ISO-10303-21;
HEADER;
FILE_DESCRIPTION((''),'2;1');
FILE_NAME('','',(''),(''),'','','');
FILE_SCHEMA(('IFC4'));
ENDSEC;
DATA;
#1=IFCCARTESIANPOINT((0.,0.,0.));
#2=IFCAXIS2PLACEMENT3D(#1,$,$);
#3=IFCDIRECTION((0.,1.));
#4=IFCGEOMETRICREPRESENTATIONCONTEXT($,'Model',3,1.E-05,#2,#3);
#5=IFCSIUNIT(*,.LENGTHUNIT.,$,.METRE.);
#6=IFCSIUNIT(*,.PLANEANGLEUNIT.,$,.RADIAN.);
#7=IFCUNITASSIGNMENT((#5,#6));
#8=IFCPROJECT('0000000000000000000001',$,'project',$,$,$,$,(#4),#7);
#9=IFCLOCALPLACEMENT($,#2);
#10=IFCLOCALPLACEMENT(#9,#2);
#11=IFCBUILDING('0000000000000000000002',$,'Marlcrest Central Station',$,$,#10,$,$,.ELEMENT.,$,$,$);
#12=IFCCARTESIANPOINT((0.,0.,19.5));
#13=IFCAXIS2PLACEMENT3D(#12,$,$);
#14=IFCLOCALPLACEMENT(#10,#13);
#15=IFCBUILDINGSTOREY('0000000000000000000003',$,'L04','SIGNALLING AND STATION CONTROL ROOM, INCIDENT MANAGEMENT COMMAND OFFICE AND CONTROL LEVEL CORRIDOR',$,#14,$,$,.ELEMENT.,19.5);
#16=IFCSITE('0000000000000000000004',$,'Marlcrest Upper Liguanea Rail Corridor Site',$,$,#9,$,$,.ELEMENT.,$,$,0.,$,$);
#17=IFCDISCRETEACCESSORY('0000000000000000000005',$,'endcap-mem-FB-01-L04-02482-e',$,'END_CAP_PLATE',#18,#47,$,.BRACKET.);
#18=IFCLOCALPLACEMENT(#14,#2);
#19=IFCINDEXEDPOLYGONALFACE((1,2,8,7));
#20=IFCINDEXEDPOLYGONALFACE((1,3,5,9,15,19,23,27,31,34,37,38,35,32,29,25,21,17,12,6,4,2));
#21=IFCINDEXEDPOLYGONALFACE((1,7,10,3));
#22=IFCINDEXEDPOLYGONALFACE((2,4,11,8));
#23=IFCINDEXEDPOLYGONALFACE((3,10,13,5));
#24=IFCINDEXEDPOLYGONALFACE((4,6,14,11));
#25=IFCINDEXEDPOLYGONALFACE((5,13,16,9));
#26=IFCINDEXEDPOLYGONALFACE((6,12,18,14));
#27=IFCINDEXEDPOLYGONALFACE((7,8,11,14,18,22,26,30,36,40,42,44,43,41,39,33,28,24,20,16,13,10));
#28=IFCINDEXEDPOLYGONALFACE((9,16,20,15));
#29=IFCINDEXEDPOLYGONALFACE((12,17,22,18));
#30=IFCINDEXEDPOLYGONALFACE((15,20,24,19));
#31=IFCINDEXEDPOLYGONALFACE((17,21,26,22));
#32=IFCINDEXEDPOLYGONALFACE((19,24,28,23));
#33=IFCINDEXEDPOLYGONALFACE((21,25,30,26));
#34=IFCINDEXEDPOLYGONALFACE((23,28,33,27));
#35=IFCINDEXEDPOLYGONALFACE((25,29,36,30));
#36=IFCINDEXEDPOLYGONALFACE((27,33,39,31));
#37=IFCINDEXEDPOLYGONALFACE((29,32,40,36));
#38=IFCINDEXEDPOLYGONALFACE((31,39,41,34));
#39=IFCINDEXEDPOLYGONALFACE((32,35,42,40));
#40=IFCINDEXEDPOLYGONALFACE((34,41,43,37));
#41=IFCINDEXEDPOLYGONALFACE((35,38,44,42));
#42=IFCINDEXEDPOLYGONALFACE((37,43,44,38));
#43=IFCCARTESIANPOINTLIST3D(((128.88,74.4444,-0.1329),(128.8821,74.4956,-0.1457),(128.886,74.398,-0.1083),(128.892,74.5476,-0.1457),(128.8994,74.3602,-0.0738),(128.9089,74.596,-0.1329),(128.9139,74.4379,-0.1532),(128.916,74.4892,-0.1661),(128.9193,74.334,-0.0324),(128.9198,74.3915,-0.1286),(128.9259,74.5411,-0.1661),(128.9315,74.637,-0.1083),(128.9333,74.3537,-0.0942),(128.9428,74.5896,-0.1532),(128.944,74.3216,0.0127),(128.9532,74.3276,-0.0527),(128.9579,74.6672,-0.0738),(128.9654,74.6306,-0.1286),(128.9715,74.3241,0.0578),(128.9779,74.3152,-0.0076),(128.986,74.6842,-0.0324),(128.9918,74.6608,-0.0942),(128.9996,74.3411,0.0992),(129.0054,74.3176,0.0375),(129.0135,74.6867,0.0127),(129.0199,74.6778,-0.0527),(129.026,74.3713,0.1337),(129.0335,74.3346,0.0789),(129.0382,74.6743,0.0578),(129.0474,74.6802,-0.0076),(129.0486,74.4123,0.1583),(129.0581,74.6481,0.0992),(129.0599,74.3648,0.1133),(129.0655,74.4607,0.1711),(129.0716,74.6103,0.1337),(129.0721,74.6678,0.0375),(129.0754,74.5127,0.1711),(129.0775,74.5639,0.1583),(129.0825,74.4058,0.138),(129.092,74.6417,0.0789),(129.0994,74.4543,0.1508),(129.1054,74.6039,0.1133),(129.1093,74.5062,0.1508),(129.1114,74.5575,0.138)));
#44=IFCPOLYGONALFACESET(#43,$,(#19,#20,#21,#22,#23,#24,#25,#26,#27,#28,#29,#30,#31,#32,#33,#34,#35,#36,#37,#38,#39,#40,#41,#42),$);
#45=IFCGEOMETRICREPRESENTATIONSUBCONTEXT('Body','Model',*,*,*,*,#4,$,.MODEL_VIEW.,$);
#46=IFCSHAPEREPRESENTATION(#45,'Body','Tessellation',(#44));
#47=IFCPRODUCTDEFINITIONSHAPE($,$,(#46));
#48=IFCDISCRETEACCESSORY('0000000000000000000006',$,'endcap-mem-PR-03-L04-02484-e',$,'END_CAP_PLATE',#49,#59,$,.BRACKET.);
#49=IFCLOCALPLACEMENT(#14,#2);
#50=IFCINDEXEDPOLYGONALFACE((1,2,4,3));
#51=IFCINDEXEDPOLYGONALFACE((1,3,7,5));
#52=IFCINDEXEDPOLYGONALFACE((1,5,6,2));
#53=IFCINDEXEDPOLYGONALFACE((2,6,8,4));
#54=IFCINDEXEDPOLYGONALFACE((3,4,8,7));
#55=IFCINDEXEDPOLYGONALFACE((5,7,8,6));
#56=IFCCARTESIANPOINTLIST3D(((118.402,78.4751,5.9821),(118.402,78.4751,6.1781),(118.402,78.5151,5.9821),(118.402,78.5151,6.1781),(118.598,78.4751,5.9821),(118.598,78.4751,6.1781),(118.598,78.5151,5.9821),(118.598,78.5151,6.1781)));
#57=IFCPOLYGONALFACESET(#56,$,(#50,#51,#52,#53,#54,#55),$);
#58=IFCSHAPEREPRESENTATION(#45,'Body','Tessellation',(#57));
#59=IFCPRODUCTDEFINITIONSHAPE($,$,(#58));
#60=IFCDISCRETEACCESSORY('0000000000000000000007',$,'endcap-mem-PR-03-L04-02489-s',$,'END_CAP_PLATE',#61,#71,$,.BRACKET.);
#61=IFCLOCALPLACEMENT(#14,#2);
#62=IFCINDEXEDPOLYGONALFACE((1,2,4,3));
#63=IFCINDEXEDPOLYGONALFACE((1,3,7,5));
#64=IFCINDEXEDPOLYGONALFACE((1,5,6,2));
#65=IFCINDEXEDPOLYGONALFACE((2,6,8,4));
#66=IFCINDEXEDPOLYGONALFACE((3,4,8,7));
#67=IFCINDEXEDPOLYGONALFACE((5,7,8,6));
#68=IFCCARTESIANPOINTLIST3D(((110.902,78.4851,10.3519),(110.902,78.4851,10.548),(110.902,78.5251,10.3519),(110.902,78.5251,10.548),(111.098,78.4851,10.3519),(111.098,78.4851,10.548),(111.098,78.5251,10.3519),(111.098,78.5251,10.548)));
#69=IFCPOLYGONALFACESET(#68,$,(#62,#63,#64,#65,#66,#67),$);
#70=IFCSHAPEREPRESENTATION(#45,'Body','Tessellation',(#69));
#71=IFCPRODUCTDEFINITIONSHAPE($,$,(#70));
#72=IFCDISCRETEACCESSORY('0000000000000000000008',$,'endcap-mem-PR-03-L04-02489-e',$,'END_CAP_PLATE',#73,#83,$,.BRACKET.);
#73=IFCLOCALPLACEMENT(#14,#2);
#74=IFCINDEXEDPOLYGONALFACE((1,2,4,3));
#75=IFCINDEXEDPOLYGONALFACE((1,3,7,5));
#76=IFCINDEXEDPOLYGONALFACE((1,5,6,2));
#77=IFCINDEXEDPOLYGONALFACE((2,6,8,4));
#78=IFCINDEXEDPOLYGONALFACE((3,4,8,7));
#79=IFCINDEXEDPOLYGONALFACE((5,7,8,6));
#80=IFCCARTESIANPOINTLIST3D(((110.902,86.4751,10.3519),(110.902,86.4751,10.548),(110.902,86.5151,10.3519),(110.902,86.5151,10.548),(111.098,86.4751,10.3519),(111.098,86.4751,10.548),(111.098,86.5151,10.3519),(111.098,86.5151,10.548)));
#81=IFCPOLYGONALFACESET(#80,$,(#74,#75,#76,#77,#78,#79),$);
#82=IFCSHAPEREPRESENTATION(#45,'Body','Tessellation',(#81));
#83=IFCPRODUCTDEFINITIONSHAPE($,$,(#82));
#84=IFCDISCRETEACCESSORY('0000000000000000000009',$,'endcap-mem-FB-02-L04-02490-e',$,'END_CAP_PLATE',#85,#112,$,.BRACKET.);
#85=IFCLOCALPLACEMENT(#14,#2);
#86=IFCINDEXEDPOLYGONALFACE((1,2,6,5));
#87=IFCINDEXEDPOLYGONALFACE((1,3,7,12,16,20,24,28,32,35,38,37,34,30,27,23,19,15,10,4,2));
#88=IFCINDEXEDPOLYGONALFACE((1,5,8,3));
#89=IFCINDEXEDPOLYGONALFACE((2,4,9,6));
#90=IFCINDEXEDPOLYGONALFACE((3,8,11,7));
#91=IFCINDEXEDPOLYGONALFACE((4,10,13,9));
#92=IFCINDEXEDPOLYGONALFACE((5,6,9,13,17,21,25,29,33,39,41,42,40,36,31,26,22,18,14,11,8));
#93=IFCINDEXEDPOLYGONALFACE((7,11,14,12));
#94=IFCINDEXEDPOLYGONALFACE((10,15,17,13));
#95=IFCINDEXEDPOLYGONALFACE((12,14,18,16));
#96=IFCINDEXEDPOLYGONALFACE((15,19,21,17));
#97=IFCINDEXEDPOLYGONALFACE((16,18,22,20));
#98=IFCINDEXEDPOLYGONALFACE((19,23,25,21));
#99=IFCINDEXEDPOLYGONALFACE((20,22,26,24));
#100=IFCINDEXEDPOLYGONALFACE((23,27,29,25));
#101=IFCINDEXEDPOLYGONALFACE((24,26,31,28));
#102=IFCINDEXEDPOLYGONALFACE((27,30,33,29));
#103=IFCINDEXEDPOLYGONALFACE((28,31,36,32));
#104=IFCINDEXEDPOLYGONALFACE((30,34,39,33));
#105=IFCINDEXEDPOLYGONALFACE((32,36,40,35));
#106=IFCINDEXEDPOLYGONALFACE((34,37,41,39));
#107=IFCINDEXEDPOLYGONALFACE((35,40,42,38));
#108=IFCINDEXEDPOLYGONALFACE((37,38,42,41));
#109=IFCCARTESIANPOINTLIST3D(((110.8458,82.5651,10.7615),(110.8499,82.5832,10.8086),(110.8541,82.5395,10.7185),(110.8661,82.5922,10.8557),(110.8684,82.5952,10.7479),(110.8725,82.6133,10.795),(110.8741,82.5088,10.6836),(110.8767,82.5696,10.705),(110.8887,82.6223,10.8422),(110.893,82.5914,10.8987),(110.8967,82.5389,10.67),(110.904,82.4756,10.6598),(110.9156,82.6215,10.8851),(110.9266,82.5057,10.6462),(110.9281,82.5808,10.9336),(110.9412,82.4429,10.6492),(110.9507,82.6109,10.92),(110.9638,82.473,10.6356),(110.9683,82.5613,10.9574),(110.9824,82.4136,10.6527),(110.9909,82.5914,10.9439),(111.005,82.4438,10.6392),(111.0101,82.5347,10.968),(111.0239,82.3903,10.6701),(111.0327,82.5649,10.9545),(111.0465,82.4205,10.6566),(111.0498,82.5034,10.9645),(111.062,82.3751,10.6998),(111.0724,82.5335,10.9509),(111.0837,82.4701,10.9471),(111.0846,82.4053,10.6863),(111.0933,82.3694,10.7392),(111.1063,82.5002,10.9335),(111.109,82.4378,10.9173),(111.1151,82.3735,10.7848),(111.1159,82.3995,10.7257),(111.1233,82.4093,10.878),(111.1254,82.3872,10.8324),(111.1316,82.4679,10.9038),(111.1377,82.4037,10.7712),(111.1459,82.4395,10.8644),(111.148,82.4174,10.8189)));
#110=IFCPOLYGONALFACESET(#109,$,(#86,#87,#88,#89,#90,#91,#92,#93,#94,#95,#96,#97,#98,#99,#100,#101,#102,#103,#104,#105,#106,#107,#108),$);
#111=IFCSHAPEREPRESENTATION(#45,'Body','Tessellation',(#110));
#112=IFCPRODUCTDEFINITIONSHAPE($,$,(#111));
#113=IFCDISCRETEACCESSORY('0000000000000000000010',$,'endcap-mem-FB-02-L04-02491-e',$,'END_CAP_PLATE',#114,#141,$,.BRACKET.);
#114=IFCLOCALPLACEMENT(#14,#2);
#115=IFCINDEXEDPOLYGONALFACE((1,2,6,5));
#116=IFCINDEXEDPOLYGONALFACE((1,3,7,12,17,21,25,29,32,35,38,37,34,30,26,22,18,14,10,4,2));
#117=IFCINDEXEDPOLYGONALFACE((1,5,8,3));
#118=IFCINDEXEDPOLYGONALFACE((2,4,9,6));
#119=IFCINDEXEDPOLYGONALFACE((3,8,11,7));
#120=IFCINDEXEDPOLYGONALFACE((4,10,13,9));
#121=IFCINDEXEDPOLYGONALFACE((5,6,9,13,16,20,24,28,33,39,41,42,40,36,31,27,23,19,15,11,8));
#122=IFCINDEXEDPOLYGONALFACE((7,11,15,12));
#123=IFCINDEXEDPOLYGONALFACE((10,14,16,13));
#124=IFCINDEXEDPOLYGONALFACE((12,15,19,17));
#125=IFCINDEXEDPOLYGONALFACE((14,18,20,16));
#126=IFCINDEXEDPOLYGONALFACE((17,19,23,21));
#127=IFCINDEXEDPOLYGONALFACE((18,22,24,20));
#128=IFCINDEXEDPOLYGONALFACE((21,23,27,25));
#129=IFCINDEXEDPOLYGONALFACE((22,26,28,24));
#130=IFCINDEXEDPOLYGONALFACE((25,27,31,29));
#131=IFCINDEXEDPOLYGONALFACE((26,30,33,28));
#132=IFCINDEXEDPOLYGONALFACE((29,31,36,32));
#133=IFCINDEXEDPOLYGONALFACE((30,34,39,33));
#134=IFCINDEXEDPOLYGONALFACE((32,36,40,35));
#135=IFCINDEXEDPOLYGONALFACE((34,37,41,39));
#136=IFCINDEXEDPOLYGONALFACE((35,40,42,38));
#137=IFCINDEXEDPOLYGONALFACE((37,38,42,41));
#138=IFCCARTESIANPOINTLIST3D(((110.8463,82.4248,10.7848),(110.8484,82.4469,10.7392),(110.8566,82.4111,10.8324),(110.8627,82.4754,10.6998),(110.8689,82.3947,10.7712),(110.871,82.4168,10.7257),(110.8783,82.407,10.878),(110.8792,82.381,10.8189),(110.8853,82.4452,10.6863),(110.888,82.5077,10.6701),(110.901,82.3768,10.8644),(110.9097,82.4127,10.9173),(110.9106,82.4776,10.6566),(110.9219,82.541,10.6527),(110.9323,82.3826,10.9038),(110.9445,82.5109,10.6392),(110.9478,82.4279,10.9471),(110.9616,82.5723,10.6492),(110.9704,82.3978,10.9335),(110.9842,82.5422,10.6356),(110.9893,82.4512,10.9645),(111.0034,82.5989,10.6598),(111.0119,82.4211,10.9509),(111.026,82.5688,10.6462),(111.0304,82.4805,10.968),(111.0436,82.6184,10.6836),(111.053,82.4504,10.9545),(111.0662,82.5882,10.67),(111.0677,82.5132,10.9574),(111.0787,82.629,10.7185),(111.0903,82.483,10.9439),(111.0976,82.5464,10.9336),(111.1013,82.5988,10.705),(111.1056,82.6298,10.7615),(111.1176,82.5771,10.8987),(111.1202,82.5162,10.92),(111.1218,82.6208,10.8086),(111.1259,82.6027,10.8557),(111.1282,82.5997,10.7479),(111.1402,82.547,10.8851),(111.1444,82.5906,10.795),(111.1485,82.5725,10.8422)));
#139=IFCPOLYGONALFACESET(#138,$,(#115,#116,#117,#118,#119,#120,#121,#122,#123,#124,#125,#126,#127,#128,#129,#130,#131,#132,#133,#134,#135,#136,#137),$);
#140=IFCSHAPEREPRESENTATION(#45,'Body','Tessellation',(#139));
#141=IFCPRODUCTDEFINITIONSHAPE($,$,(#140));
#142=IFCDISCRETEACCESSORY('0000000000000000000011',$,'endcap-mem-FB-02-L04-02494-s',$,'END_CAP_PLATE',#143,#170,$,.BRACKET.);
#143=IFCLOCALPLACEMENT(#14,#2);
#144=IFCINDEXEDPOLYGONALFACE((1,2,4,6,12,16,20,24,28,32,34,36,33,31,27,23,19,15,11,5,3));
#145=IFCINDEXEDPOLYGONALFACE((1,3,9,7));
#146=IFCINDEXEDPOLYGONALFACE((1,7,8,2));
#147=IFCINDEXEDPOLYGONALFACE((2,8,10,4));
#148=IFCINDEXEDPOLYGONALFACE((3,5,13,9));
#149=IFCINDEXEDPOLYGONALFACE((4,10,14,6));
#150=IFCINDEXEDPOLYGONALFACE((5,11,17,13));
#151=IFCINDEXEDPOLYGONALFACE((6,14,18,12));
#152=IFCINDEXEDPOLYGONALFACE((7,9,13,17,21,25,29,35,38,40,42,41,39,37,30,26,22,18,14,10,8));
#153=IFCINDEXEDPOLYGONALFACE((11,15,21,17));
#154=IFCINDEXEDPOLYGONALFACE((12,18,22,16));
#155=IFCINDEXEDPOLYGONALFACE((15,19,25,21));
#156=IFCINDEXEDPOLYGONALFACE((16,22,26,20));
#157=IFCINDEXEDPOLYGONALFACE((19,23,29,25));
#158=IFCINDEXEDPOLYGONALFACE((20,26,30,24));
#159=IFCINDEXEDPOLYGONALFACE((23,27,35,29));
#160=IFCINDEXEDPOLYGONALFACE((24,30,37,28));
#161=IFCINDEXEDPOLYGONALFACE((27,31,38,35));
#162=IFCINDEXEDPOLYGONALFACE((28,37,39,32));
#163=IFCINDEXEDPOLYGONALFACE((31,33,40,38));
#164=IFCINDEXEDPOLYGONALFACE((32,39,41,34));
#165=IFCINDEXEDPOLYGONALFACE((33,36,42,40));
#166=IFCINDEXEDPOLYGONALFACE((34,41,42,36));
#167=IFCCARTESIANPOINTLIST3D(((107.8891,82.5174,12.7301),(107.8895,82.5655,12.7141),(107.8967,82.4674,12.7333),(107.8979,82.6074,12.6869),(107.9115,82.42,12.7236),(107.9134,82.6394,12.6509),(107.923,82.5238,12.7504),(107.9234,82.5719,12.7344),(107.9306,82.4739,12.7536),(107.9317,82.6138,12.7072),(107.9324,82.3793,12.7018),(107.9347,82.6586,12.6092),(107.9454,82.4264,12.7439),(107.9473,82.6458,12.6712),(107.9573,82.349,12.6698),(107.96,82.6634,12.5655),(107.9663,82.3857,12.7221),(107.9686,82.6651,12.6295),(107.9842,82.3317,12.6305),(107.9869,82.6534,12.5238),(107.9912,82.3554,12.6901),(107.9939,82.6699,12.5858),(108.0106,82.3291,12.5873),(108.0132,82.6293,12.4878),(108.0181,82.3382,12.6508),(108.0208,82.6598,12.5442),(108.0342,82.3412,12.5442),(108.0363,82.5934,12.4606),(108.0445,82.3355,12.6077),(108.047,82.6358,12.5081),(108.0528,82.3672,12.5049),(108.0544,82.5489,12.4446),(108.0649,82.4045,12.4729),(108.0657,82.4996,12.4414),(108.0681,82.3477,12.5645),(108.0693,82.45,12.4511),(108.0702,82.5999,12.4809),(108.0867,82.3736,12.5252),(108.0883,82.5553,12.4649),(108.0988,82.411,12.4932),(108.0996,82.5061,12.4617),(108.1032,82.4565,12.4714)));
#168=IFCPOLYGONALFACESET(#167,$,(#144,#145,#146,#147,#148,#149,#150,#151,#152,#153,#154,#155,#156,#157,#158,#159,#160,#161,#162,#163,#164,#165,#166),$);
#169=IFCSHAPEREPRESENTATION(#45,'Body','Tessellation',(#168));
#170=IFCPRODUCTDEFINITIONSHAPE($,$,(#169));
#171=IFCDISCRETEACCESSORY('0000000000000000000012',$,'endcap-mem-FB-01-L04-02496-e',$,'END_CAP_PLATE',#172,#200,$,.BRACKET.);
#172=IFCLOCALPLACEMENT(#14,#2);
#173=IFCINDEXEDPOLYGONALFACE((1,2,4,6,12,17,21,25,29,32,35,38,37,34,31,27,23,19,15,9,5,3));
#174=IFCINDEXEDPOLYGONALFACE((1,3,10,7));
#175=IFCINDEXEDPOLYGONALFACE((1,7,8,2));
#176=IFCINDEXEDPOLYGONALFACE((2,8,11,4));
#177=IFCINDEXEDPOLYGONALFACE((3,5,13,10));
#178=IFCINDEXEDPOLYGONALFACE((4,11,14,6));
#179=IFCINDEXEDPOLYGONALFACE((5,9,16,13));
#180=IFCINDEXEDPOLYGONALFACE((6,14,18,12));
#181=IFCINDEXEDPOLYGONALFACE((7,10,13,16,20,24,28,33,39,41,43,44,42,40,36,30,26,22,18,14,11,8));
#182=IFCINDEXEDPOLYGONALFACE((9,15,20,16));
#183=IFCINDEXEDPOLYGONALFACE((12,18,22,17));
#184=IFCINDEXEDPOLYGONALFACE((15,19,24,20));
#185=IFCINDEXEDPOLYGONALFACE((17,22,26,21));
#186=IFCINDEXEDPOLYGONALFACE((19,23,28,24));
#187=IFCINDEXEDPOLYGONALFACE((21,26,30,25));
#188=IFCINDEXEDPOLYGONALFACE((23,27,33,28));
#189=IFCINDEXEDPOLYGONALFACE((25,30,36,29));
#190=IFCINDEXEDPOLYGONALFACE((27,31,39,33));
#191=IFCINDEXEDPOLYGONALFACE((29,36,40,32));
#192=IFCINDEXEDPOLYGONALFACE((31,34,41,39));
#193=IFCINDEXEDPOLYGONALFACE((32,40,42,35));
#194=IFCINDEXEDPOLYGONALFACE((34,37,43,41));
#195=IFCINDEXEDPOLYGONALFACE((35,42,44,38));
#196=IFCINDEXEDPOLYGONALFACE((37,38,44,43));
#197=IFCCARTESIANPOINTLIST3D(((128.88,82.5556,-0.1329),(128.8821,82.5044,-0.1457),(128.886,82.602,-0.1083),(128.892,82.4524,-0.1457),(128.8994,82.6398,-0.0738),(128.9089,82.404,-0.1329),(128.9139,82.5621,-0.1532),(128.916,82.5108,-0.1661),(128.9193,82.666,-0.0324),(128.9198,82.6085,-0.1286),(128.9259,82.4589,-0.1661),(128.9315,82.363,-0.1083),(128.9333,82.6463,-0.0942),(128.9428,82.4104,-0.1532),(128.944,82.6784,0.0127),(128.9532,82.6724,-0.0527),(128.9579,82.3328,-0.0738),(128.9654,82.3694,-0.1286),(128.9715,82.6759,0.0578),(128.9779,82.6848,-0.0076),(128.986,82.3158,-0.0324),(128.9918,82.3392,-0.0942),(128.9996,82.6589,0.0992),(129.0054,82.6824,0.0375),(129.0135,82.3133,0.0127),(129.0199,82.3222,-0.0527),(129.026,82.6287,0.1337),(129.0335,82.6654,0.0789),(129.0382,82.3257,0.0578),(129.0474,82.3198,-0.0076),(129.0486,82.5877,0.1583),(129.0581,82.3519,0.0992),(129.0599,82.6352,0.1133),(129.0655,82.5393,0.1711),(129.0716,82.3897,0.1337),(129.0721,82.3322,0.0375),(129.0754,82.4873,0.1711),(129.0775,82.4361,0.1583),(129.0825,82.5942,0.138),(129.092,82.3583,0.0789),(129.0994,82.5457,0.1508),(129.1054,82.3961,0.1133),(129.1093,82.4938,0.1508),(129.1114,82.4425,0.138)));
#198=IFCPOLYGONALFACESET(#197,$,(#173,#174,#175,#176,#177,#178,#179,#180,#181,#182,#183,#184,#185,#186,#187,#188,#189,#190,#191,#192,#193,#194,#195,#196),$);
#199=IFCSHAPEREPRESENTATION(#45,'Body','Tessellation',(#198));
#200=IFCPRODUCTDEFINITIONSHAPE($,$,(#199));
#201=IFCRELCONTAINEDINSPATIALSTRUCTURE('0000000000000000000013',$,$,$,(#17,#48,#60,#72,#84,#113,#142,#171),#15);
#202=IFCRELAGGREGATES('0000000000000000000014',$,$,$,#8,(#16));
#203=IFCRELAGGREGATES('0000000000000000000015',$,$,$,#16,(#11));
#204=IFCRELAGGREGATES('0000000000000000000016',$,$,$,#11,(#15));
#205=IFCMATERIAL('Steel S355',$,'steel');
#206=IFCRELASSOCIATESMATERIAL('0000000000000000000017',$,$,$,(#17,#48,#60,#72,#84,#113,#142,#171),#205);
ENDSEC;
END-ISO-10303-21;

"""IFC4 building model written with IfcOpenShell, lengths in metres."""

from ifc_helpers import new_model, si_unit, direction, frame, origin, origin_2d, place, context, subcontext, project, spatial, rectangle, circle, extrude, material, element, save


model = new_model("IFC4")

# Units and contexts
model_context = context("Model", 3, precision=1e-05, world=origin(), true_north=direction((0.0, 1.0)))
body_context = subcontext(model_context, "Body", "Model", "MODEL_VIEW")
ifc_project = project(units=[si_unit("LENGTHUNIT", "METRE"), si_unit("PLANEANGLEUNIT", "RADIAN")], contexts=[model_context])

# Site, building, storey
site_placement = place(None, origin())
site = spatial("IfcSite", under=ifc_project, at=site_placement, Name="Marlcrest Upper Liguanea Rail Corridor Site", CompositionType="ELEMENT", RefElevation=0.0)
building_placement = place(site_placement, origin())
building = spatial("IfcBuilding", under=site, at=building_placement, Name="Marlcrest Central Station", CompositionType="ELEMENT")
storey_placement = place(building_placement, frame((0.0, 0.0, 19.5)))
storey = spatial("IfcBuildingStorey", under=building, at=storey_placement, Name="L04", Description="SIGNALLING AND STATION CONTROL ROOM, INCIDENT MANAGEMENT COMMAND OFFICE AND CONTROL LEVEL CORRIDOR", CompositionType="ELEMENT", Elevation=19.5)

# Shared definitions
ifc_material_1 = material(Name="Steel S355", Category="steel")

# Discrete accessories
for number, where, z_axis, x_axis, name in (
    (1, (128.9788, 74.5042, 0.0127), (0.846277, -0.161196, -0.50777), (0.187112, 0.982339, 0.0), "endcap-mem-FB-01-L04-02482-e"),
):
    element("IfcDiscreteAccessory", number, at=place(storey_placement, frame(where, z_axis=z_axis, x_axis=x_axis)), inside=storey, material=ifc_material_1, Name=name, ObjectType="END_CAP_PLATE", PredefinedType="BRACKET", context=body_context, shape_type="SweptSolid", body=[
        extrude(circle(Radius=0.1858, at=origin_2d()), origin(), (0.0, 0.0, 1.0), 0.04),
    ])
for number, where, z_axis, x_axis, name in (
    (2, (118.5, 78.4751, 6.0801), (0.0, 1.0, 0.0), (-1.0, 0.0, 0.0), "endcap-mem-PR-03-L04-02484-e"),
    (3, (111.0, 78.4851, 10.45), (0.0, 1.0, 0.0), (-1.0, 0.0, 0.0), "endcap-mem-PR-03-L04-02489-s"),
    (4, (111.0, 86.4751, 10.45), (0.0, 1.0, 0.0), (-1.0, 0.0, 0.0), "endcap-mem-PR-03-L04-02489-e"),
):
    element("IfcDiscreteAccessory", number, at=place(storey_placement, frame(where, z_axis=z_axis, x_axis=x_axis)), inside=storey, material=ifc_material_1, Name=name, ObjectType="END_CAP_PLATE", PredefinedType="BRACKET", context=body_context, shape_type="SweptSolid", body=[
        extrude(rectangle(XDim=0.196, YDim=0.196, at=origin_2d()), origin(), (0.0, 0.0, 1.0), 0.04),
    ])
for number, where, z_axis, x_axis, name in (
    (5, (110.9858, 82.4812, 10.8086), (0.564531, 0.752708, -0.338728), (-0.8, 0.6, 0.0), "endcap-mem-FB-02-L04-02490-e"),
    (6, (110.9858, 82.5188, 10.8086), (0.564531, -0.752708, -0.338728), (0.8, 0.6, 0.0), "endcap-mem-FB-02-L04-02491-e"),
    (7, (108.0127, 82.5024, 12.6077), (-0.846277, -0.161196, -0.50777), (0.187112, -0.982339, 0.0), "endcap-mem-FB-02-L04-02494-s"),
):
    element("IfcDiscreteAccessory", number, at=place(storey_placement, frame(where, z_axis=z_axis, x_axis=x_axis)), inside=storey, material=ifc_material_1, Name=name, ObjectType="END_CAP_PLATE", PredefinedType="BRACKET", context=body_context, shape_type="SweptSolid", body=[
        extrude(circle(Radius=0.1699, at=origin_2d()), origin(), (0.0, 0.0, 1.0), 0.04),
    ])
for number, where, z_axis, x_axis, name in (
    (8, (128.9788, 82.4958, 0.0127), (0.846277, 0.161196, -0.50777), (-0.187112, 0.982339, 0.0), "endcap-mem-FB-01-L04-02496-e"),
):
    element("IfcDiscreteAccessory", number, at=place(storey_placement, frame(where, z_axis=z_axis, x_axis=x_axis)), inside=storey, material=ifc_material_1, Name=name, ObjectType="END_CAP_PLATE", PredefinedType="BRACKET", context=body_context, shape_type="SweptSolid", body=[
        extrude(circle(Radius=0.1858, at=origin_2d()), origin(), (0.0, 0.0, 1.0), 0.04),
    ])

save(model, "model.ifc")
